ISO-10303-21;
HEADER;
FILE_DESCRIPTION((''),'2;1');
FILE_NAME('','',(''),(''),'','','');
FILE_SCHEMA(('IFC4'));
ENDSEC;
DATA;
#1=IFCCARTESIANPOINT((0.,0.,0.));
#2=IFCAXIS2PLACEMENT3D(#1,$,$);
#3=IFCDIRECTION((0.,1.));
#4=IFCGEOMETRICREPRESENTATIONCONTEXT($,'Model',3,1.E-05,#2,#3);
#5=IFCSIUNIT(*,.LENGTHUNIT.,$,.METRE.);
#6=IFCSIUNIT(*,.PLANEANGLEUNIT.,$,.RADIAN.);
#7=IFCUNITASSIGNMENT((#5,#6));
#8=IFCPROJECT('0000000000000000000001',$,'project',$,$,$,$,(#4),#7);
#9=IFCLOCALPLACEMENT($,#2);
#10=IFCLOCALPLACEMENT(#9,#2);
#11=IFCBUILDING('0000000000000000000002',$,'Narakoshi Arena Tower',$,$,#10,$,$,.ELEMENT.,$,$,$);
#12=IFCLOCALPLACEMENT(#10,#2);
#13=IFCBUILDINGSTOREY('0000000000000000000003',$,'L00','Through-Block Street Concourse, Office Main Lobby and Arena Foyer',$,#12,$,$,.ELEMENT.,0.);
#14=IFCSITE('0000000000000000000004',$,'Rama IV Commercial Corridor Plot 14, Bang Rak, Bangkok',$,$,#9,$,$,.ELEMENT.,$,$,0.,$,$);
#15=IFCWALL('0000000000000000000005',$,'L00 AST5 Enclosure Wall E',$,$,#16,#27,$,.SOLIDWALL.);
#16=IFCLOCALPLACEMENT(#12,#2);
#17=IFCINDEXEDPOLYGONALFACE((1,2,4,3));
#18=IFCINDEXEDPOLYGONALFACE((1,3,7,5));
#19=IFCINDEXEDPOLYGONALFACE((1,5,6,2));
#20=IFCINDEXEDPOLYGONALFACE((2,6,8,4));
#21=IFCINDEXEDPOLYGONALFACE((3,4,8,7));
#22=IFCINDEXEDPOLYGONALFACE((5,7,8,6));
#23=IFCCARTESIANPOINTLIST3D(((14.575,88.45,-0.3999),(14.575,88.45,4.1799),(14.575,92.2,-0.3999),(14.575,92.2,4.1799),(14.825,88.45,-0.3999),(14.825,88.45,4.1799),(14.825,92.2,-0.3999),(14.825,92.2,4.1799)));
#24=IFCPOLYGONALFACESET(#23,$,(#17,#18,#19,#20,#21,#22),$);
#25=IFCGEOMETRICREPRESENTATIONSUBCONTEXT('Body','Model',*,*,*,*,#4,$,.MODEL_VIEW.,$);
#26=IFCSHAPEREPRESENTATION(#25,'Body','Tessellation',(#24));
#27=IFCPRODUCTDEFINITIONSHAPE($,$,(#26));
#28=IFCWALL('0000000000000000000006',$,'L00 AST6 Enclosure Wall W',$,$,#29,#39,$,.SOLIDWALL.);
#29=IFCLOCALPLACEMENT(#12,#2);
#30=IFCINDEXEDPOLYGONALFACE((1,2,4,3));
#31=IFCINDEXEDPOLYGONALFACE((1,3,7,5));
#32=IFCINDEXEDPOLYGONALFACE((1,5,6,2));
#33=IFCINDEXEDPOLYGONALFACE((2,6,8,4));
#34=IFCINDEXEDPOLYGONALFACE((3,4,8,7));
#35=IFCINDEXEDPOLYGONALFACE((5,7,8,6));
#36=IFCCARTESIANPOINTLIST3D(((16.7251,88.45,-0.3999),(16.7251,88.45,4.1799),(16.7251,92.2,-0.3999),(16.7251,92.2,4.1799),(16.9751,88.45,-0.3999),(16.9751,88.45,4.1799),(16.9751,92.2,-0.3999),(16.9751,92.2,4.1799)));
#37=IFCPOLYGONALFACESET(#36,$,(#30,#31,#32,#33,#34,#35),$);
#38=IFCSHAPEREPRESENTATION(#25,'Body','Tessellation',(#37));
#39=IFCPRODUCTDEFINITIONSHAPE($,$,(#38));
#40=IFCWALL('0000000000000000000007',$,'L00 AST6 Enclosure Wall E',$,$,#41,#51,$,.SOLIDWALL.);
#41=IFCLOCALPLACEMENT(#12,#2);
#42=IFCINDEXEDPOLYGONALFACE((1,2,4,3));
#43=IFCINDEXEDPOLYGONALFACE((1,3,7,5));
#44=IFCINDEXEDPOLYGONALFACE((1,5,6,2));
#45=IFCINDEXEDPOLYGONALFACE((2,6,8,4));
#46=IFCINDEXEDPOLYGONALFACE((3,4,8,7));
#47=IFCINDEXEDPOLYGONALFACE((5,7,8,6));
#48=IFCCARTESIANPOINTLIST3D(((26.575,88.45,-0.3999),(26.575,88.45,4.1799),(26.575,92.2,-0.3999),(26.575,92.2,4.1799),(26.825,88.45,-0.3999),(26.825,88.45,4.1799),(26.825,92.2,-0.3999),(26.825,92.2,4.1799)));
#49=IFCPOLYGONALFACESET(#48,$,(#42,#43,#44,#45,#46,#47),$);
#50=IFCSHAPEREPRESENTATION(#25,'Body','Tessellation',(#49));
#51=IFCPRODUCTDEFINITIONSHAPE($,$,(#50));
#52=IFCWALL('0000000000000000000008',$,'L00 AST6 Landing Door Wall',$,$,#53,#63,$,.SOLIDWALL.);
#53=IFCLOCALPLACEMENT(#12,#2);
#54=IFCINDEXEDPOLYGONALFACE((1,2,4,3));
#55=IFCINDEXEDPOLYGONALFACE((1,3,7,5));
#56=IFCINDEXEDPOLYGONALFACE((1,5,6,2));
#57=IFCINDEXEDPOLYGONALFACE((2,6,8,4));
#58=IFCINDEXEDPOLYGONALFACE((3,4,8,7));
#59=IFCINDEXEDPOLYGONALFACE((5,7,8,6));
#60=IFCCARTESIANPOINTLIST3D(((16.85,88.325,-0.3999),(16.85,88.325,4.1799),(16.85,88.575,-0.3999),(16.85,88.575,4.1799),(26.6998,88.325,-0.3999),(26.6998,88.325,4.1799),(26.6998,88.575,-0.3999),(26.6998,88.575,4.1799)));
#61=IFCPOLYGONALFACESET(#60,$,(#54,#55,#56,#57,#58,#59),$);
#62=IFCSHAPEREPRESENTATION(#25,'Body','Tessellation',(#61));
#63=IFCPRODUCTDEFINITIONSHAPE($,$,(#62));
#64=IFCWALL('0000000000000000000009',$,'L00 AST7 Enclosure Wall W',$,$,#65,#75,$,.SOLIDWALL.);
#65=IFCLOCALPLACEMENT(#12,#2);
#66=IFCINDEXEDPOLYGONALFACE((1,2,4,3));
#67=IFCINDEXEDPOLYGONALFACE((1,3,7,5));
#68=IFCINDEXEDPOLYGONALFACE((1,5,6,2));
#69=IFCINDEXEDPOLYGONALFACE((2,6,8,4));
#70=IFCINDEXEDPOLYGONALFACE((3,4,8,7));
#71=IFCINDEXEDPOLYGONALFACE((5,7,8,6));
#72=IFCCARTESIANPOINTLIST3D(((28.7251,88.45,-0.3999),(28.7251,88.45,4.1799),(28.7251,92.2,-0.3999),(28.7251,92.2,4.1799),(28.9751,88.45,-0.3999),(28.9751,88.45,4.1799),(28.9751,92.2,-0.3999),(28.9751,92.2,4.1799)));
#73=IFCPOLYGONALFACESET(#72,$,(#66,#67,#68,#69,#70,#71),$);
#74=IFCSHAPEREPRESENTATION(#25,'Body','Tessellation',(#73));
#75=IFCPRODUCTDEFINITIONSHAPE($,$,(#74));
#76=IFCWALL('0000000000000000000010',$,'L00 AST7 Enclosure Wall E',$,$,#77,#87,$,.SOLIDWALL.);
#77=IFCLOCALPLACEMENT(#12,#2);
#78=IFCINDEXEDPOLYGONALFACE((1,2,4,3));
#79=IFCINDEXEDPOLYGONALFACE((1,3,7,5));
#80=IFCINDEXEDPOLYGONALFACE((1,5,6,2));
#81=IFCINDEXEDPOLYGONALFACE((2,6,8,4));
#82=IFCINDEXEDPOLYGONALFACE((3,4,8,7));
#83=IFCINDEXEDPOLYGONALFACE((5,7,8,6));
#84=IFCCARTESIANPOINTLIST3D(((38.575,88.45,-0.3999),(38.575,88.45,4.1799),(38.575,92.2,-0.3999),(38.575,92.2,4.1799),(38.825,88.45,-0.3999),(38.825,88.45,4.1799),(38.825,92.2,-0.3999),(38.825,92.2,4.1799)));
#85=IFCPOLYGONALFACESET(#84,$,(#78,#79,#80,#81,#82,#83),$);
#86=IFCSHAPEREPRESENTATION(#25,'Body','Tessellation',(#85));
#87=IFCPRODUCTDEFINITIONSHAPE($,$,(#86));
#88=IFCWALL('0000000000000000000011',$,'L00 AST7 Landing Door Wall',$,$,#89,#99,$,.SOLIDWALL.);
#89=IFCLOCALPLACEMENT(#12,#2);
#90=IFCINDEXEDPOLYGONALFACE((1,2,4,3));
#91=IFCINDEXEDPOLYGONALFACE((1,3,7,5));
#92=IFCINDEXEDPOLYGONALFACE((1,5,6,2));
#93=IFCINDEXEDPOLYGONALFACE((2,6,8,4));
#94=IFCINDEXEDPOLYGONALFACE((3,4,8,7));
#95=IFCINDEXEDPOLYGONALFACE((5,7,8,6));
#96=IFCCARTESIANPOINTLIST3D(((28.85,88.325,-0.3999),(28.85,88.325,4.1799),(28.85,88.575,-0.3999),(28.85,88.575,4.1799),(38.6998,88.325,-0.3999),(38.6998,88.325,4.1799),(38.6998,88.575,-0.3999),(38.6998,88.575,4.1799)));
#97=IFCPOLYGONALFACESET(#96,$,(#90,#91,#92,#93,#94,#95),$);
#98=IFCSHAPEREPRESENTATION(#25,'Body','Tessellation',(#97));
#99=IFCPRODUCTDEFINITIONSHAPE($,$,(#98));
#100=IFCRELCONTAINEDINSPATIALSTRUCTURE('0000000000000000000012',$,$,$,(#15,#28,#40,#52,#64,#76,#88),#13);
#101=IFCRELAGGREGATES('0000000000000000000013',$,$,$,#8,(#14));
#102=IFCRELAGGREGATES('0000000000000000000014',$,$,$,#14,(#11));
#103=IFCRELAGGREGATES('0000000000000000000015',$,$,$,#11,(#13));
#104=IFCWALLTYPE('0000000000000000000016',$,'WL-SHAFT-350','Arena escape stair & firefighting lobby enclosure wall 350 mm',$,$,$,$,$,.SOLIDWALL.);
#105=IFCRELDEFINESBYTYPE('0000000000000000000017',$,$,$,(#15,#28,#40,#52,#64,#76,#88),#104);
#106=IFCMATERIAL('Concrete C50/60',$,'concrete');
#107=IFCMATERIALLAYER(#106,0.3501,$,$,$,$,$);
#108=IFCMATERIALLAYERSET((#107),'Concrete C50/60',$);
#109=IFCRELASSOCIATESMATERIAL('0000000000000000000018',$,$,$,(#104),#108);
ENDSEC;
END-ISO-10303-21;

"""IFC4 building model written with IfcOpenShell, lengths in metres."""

from ifc_helpers import new_model, si_unit, direction, frame, frame_2d, origin, place, context, subcontext, project, spatial, rectangle, extrude, material, layer, layer_set, type_object, element, save


model = new_model("IFC4")

# Units and contexts
model_context = context("Model", 3, precision=1e-05, world=origin(), true_north=direction((0.0, 1.0)))
body_context = subcontext(model_context, "Body", "Model", "MODEL_VIEW")
ifc_project = project(units=[si_unit("LENGTHUNIT", "METRE"), si_unit("PLANEANGLEUNIT", "RADIAN")], contexts=[model_context])

# Site, building, storey
site_placement = place(None, origin())
site = spatial("IfcSite", under=ifc_project, at=site_placement, Name="Rama IV Commercial Corridor Plot 14, Bang Rak, Bangkok", CompositionType="ELEMENT", RefElevation=0.0)
building_placement = place(site_placement, origin())
building = spatial("IfcBuilding", under=site, at=building_placement, Name="Narakoshi Arena Tower", CompositionType="ELEMENT")
storey_placement = place(building_placement, origin())
storey = spatial("IfcBuildingStorey", under=building, at=storey_placement, Name="L00", Description="Through-Block Street Concourse, Office Main Lobby and Arena Foyer", CompositionType="ELEMENT", Elevation=0.0)

# Walls
ifc_material_1 = material(Name="Concrete C50/60", Category="concrete")
ifc_layer = layer(ifc_material_1, 0.3501)
ifc_layer_set = layer_set([ifc_layer], Name="Concrete C50/60")
wall_type = type_object("IfcWallType", Name="WL-SHAFT-350", Description="Arena escape stair & firefighting lobby enclosure wall 350 mm", PredefinedType="SOLIDWALL", material=ifc_layer_set)
for number, where, z_axis, x_axis, name in (
    (1, (14.7, 88.45, -0.3999), (0.0, 0.0, 1.0), (0.0, 1.0, 0.0), "L00 AST5 Enclosure Wall E"),
    (2, (16.8501, 88.45, -0.3999), (0.0, 0.0, 1.0), (0.0, 1.0, 0.0), "L00 AST6 Enclosure Wall W"),
    (3, (26.7, 88.45, -0.3999), (0.0, 0.0, 1.0), (0.0, 1.0, 0.0), "L00 AST6 Enclosure Wall E"),
):
    element("IfcWall", number, at=place(storey_placement, frame(where, z_axis=z_axis, x_axis=x_axis)), inside=storey, type_object=wall_type, Name=name, PredefinedType="SOLIDWALL", context=body_context, shape_type="SweptSolid", body=[
        extrude(rectangle(XDim=3.75, YDim=0.25, at=frame_2d((1.875, 0.0))), origin(), (0.0, 0.0, 1.0), 4.5798),
    ])
wall_1_placement = place(storey_placement, frame((16.8501, 88.45, -0.3999), z_axis=(0.0, 0.0, 1.0), x_axis=(1.0, 0.0, 0.0)))
element("IfcWall", 4, at=wall_1_placement, inside=storey, type_object=wall_type, Name="L00 AST6 Landing Door Wall", PredefinedType="SOLIDWALL", context=body_context, shape_type="SweptSolid", body=[
    extrude(rectangle(XDim=9.8499, YDim=0.25, at=frame_2d((4.9248, 0.0))), origin(), (0.0, 0.0, 1.0), 4.5798),
])
for number, where, z_axis, x_axis, name in (
    (5, (28.8501, 88.45, -0.3999), (0.0, 0.0, 1.0), (0.0, 1.0, 0.0), "L00 AST7 Enclosure Wall W"),
    (6, (38.7, 88.45, -0.3999), (0.0, 0.0, 1.0), (0.0, 1.0, 0.0), "L00 AST7 Enclosure Wall E"),
):
    element("IfcWall", number, at=place(storey_placement, frame(where, z_axis=z_axis, x_axis=x_axis)), inside=storey, type_object=wall_type, Name=name, PredefinedType="SOLIDWALL", context=body_context, shape_type="SweptSolid", body=[
        extrude(rectangle(XDim=3.75, YDim=0.25, at=frame_2d((1.875, 0.0))), origin(), (0.0, 0.0, 1.0), 4.5798),
    ])
wall_2_placement = place(storey_placement, frame((28.8501, 88.45, -0.3999), z_axis=(0.0, 0.0, 1.0), x_axis=(1.0, 0.0, 0.0)))
element("IfcWall", 7, at=wall_2_placement, inside=storey, type_object=wall_type, Name="L00 AST7 Landing Door Wall", PredefinedType="SOLIDWALL", context=body_context, shape_type="SweptSolid", body=[
    extrude(rectangle(XDim=9.8499, YDim=0.25, at=frame_2d((4.9248, 0.0))), origin(), (0.0, 0.0, 1.0), 4.5798),
])

save(model, "model.ifc")
